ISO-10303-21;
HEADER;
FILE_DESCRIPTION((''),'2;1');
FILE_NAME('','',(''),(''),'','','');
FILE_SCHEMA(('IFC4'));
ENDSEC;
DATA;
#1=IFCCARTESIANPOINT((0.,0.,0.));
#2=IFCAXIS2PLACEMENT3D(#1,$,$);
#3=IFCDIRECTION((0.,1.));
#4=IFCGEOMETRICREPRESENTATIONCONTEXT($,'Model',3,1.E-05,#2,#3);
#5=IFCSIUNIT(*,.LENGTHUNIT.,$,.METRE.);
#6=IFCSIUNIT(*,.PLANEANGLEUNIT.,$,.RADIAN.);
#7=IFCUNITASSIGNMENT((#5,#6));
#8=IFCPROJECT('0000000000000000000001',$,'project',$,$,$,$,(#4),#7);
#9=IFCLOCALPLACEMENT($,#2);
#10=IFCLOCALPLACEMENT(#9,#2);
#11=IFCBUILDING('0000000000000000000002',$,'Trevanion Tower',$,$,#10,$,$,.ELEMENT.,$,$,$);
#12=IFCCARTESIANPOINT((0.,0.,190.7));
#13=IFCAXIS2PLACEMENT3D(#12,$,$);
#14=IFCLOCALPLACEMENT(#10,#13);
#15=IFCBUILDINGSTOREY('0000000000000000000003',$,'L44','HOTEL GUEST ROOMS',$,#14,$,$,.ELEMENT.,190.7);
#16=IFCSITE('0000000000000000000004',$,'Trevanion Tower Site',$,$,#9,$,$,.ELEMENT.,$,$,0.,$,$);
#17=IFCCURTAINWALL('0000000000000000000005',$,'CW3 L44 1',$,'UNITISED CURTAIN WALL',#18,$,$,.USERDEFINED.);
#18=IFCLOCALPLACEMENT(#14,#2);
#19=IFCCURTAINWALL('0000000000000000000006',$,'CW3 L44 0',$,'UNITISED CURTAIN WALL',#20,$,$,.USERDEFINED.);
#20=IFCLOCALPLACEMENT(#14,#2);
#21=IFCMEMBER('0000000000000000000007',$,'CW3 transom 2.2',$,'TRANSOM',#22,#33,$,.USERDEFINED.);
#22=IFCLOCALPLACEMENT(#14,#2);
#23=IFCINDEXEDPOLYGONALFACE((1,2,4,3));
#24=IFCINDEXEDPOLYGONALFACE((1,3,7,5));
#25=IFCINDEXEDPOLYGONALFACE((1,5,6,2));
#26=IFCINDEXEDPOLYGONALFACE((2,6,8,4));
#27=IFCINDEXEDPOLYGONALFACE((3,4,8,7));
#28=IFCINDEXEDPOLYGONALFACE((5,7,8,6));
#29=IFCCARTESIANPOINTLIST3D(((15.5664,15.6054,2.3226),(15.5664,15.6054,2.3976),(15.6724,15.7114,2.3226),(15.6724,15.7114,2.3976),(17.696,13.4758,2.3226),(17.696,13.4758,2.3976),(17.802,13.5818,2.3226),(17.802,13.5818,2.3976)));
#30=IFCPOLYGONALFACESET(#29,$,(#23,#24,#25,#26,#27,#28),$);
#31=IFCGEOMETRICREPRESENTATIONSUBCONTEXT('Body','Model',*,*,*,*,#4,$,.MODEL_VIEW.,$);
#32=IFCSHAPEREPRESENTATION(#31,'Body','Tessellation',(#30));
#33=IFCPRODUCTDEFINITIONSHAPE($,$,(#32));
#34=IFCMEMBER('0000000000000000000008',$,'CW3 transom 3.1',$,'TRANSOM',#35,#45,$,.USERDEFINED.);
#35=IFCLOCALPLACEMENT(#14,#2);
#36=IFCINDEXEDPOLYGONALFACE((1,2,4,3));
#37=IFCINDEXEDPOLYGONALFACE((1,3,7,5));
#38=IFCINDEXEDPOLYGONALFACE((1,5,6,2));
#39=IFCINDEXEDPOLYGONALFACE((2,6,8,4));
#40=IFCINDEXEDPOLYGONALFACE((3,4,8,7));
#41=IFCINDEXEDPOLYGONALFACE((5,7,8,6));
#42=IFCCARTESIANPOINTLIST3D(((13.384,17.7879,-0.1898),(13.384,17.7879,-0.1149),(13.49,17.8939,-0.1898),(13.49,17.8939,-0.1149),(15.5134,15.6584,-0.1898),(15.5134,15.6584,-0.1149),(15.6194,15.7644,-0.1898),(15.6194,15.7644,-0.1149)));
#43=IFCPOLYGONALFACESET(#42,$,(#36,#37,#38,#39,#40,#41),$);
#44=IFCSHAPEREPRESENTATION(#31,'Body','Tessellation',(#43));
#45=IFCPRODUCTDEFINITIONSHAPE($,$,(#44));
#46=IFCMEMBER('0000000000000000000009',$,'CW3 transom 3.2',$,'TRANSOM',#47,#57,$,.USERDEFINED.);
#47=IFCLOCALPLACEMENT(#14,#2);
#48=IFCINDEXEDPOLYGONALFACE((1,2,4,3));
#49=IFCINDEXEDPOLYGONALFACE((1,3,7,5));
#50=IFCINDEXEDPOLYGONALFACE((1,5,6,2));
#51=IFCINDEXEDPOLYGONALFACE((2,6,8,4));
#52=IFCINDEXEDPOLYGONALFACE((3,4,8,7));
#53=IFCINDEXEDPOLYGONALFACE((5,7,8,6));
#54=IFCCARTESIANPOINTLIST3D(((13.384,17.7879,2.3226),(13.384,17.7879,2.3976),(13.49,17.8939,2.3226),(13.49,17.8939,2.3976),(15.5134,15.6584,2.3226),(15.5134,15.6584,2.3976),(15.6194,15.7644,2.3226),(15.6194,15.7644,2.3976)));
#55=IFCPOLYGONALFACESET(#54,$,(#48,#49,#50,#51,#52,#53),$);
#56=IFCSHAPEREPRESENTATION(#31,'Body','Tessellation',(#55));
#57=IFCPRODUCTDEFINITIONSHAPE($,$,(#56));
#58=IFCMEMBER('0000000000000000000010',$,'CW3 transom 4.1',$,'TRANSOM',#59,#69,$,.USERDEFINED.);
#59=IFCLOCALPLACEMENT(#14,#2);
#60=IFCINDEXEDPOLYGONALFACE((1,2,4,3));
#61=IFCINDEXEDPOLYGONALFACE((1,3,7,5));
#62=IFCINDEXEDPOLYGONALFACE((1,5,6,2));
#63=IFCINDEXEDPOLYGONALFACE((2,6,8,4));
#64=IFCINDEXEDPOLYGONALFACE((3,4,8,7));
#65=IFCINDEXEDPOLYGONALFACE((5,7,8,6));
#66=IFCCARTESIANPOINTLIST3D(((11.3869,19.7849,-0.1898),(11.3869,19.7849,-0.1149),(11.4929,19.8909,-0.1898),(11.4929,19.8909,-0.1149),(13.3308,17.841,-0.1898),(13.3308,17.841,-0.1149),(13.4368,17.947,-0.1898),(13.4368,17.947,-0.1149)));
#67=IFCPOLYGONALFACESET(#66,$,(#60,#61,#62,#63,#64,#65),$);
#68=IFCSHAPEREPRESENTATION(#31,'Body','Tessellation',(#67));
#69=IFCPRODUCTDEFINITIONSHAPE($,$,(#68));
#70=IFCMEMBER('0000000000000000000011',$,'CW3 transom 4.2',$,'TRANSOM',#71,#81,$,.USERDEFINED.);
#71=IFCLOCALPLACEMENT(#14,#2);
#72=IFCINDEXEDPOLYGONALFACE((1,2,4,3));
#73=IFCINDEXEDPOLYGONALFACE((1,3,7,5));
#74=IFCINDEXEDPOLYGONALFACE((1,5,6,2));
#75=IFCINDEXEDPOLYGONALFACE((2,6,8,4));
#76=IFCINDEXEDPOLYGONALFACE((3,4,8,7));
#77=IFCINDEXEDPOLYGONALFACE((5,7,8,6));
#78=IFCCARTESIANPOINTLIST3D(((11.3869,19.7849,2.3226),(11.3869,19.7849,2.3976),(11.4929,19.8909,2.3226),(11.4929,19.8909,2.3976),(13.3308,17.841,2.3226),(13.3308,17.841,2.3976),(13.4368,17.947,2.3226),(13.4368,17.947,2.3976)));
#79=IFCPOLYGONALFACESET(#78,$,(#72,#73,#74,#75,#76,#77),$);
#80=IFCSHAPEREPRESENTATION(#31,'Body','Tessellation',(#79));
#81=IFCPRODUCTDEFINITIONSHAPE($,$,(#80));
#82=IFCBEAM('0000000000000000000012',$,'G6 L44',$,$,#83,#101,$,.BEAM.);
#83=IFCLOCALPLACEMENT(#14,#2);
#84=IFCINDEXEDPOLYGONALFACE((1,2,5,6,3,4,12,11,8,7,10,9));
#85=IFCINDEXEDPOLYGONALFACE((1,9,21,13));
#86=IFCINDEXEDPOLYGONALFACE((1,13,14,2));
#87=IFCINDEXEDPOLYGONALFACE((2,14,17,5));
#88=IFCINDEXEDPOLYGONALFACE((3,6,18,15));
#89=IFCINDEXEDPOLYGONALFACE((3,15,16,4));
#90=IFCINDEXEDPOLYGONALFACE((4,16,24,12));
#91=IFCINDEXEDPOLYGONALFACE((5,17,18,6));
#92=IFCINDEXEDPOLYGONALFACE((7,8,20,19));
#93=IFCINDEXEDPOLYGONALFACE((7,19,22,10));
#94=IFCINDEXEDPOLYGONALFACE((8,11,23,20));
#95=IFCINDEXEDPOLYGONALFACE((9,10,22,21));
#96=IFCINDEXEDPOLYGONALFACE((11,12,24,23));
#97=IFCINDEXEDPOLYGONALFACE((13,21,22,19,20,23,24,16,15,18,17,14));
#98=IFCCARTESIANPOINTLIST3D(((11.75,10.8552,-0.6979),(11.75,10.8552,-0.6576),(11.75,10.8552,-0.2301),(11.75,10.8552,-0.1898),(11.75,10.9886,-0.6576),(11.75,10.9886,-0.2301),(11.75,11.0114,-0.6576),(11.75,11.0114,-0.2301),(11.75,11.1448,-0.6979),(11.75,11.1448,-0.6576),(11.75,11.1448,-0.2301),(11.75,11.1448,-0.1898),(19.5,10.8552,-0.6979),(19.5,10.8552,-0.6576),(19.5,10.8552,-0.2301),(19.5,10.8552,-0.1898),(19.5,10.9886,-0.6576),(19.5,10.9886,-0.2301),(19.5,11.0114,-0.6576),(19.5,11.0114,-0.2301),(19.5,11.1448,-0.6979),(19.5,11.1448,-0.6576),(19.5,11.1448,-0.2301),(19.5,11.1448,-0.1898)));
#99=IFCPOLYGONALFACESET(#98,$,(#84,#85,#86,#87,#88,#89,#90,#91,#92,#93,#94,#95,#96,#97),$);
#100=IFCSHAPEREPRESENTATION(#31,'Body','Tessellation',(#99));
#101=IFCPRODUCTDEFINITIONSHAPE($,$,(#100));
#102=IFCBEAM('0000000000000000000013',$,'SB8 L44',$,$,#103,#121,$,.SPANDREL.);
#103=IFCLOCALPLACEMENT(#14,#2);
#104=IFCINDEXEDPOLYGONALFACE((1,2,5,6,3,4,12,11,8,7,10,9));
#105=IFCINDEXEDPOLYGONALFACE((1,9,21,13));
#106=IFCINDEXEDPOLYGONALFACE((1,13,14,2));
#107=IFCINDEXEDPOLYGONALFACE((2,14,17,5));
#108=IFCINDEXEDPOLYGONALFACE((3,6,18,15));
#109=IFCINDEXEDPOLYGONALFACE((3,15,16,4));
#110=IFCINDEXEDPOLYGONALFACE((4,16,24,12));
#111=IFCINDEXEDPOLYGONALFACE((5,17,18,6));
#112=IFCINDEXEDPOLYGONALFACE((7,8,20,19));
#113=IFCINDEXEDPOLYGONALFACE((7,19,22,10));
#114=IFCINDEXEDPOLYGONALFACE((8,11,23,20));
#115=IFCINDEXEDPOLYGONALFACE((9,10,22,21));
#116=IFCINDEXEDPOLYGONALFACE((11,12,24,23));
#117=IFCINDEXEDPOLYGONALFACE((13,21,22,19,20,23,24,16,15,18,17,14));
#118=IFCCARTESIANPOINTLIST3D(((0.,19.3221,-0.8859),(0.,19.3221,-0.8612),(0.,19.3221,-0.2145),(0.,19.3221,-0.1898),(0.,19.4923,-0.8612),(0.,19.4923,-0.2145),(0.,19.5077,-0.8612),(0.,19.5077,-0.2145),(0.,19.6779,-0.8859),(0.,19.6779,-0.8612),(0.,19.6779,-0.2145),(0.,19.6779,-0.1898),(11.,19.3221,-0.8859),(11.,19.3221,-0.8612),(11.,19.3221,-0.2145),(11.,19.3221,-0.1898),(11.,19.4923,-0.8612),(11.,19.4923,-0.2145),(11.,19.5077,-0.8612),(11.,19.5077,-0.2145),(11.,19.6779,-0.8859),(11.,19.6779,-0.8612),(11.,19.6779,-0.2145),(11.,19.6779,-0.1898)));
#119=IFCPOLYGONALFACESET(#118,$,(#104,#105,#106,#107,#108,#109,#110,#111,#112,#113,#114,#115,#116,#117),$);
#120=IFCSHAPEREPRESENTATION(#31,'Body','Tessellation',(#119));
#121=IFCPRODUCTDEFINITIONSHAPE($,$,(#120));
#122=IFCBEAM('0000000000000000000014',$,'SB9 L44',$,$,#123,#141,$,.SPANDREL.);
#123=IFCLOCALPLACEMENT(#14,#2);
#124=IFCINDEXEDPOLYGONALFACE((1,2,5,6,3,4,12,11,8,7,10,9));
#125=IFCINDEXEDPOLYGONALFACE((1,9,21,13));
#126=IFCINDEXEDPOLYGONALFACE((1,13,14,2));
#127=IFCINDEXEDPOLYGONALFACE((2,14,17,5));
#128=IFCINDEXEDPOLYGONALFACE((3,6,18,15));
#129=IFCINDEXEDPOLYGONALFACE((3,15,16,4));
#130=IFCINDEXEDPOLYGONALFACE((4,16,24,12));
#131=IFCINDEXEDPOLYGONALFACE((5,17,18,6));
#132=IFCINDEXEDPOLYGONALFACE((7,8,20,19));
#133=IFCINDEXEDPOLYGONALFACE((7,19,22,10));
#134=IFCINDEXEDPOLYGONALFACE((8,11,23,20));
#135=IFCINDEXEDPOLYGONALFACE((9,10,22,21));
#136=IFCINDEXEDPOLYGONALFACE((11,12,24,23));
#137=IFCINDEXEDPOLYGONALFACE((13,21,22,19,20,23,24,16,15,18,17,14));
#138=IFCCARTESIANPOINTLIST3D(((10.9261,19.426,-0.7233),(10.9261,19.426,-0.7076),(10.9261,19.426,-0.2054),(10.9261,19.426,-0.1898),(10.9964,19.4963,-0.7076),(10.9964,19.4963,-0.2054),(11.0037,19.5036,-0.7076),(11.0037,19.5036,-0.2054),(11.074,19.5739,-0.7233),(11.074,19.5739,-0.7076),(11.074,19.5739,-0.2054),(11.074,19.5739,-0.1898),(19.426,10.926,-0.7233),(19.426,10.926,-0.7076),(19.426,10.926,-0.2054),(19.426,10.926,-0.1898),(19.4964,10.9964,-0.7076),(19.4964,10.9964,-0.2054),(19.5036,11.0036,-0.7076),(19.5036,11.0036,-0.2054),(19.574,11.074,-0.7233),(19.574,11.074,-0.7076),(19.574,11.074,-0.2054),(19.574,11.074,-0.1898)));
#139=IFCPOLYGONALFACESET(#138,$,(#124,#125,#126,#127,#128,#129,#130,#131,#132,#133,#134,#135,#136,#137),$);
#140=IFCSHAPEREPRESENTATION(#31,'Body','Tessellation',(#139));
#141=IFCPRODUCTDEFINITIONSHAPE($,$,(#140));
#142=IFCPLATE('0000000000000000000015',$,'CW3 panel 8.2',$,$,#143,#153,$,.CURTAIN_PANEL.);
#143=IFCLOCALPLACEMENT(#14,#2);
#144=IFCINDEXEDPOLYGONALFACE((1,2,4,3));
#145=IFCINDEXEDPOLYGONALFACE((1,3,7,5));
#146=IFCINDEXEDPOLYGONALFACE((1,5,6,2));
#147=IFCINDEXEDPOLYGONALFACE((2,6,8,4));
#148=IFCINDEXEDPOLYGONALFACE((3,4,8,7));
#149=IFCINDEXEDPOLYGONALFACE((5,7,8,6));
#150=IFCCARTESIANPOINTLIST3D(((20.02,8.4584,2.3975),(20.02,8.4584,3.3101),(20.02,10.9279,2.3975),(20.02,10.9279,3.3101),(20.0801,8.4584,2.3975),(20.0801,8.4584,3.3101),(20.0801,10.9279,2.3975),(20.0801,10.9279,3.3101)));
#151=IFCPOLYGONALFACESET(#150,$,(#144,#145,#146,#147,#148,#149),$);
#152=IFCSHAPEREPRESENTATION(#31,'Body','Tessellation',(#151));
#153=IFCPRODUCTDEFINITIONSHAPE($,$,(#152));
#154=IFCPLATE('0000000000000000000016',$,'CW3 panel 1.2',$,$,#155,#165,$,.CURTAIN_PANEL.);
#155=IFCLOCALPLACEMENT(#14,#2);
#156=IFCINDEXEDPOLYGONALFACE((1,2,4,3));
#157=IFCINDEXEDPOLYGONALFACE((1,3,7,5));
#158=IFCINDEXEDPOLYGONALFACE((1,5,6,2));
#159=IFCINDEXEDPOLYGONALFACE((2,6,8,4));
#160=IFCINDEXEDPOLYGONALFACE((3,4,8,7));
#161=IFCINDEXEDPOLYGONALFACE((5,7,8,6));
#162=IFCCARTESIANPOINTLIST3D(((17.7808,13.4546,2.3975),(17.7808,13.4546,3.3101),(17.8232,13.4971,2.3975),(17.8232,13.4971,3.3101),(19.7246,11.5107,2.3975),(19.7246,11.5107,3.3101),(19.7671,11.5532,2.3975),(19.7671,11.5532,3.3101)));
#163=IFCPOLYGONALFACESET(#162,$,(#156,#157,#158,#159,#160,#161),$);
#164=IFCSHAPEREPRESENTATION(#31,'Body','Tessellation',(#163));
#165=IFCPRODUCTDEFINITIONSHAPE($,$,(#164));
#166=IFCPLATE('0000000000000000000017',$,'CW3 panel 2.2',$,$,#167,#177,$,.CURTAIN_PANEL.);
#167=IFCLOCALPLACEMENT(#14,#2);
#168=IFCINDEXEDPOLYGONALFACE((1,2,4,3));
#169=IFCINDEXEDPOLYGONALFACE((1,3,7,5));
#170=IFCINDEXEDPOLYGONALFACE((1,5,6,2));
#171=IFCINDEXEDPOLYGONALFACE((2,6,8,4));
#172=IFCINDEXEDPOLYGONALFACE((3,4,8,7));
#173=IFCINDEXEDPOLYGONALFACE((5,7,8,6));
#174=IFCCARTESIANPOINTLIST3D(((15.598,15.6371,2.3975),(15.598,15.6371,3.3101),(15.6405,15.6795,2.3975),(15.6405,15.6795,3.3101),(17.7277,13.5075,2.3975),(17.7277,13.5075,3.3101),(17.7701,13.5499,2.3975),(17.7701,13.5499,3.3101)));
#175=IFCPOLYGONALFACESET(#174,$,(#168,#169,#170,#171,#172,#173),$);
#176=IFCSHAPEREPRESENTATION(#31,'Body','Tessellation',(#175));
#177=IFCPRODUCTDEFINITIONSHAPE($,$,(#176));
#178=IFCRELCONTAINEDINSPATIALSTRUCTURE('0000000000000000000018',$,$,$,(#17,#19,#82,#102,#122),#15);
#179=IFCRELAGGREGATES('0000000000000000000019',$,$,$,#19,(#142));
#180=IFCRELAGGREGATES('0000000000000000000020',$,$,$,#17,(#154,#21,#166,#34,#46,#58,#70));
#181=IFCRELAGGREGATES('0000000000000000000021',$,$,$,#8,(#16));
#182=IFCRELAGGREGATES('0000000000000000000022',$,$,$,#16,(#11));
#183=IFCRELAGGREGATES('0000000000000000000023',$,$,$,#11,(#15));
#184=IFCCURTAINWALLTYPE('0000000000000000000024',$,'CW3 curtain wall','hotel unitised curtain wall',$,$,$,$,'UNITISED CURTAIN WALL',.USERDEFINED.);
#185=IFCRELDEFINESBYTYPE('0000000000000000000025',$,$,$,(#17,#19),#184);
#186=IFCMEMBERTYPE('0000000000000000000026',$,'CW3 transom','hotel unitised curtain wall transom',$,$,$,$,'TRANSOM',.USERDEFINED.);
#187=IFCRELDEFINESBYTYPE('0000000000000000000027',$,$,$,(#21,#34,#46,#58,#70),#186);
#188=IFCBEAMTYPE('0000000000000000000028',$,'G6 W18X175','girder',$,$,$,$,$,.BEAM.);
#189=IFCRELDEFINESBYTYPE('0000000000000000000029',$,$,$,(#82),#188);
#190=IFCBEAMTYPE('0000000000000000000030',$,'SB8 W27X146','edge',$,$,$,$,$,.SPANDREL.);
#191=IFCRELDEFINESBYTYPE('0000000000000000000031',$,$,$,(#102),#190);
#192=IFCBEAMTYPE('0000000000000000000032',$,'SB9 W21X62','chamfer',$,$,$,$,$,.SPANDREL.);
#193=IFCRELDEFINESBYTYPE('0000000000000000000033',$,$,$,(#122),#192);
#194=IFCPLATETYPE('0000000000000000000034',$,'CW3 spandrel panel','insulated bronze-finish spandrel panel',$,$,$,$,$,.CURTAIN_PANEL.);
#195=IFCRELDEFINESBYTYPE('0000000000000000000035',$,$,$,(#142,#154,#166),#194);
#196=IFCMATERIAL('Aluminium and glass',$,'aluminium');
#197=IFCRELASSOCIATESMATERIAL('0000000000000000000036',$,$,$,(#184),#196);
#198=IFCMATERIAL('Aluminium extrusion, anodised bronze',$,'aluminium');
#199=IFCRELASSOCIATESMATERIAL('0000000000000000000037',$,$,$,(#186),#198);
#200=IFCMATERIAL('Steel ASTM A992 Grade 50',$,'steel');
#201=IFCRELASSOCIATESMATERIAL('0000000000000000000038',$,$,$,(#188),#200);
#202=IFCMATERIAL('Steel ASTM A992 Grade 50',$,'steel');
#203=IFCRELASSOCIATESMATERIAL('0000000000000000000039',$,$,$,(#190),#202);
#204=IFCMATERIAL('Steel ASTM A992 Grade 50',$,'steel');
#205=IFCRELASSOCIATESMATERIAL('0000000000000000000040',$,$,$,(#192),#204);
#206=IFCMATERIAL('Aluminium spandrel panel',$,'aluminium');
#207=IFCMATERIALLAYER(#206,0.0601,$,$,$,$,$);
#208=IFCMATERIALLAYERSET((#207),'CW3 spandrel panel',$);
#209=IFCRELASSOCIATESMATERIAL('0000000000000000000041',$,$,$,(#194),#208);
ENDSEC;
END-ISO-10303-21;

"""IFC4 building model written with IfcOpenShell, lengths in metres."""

from ifc_helpers import new_model, si_unit, direction, frame, origin, origin_2d, place, context, subcontext, project, spatial, rectangle, i_section, extrude, material, layer, layer_set, material_profile, profile_set, type_object, element, aggregate, save


model = new_model("IFC4")

# Units and contexts
model_context = context("Model", 3, precision=1e-05, world=origin(), true_north=direction((0.0, 1.0)))
body_context = subcontext(model_context, "Body", "Model", "MODEL_VIEW")
ifc_project = project(units=[si_unit("LENGTHUNIT", "METRE"), si_unit("PLANEANGLEUNIT", "RADIAN")], contexts=[model_context])

# Site, building, storey
site_placement = place(None, origin())
site = spatial("IfcSite", under=ifc_project, at=site_placement, Name="Trevanion Tower Site", CompositionType="ELEMENT", RefElevation=0.0)
building_placement = place(site_placement, origin())
building = spatial("IfcBuilding", under=site, at=building_placement, Name="Trevanion Tower", CompositionType="ELEMENT")
storey_placement = place(building_placement, frame((0.0, 0.0, 190.7)))
storey = spatial("IfcBuildingStorey", under=building, at=storey_placement, Name="L44", Description="HOTEL GUEST ROOMS", CompositionType="ELEMENT", Elevation=190.7)

# Curtain wall
ifc_material_1 = material(Name="Aluminium and glass", Category="aluminium")
curtain_wall_type = type_object("IfcCurtainWallType", Name="CW3 curtain wall", Description="hotel unitised curtain wall", ElementType="UNITISED CURTAIN WALL", PredefinedType="USERDEFINED", material=ifc_material_1)
curtain_wall_1_placement = place(storey_placement, origin())
curtain_wall_1 = element("IfcCurtainWall", 1, at=curtain_wall_1_placement, inside=storey, type_object=curtain_wall_type, Name="CW3 L44 1", ObjectType="UNITISED CURTAIN WALL", PredefinedType="USERDEFINED")

# Curtain wall
curtain_wall_2_placement = place(storey_placement, origin())
curtain_wall_2 = element("IfcCurtainWall", 2, at=curtain_wall_2_placement, inside=storey, type_object=curtain_wall_type, Name="CW3 L44 0", ObjectType="UNITISED CURTAIN WALL", PredefinedType="USERDEFINED")

# Members
ifc_material_2 = material(Name="Aluminium extrusion, anodised bronze", Category="aluminium")
ifc_material_profile_1 = material_profile(ifc_material_2, rectangle(XDim=0.1499, YDim=0.075, at=origin_2d()), Name="CW3 transom")
ifc_profile_set_1 = profile_set([ifc_material_profile_1], Name="Aluminium extrusion, anodised bronze")
member_type_1 = type_object("IfcMemberType", Name="CW3 transom", Description="hotel unitised curtain wall transom", ElementType="TRANSOM", PredefinedType="USERDEFINED", material=ifc_profile_set_1)
member_1_placement = place(storey_placement, frame((17.749, 13.5288, 2.3601), z_axis=(-0.707107, 0.707107, 0.0), x_axis=(-0.707107, -0.707107, 0.0)))
member_1 = element("IfcMember", 3, at=member_1_placement, type_object=member_type_1, Name="CW3 transom 2.2", ObjectType="TRANSOM", PredefinedType="USERDEFINED", context=body_context, shape_type="SweptSolid", body=[
    extrude(rectangle(XDim=0.1499, YDim=0.075, at=origin_2d()), origin(), (0.0, 0.0, 1.0), 3.0117),
])
member_2_placement = place(storey_placement, frame((15.5664, 15.7114, -0.1523), z_axis=(-0.707107, 0.707107, 0.0), x_axis=(-0.707107, -0.707107, 0.0)))
member_2 = element("IfcMember", 4, at=member_2_placement, type_object=member_type_1, Name="CW3 transom 3.1", ObjectType="TRANSOM", PredefinedType="USERDEFINED", context=body_context, shape_type="SweptSolid", body=[
    extrude(rectangle(XDim=0.1499, YDim=0.075, at=origin_2d()), origin(), (0.0, 0.0, 1.0), 3.0115),
])
member_3_placement = place(storey_placement, frame((15.5664, 15.7114, 2.3601), z_axis=(-0.707107, 0.707107, 0.0), x_axis=(-0.707107, -0.707107, 0.0)))
member_3 = element("IfcMember", 5, at=member_3_placement, type_object=member_type_1, Name="CW3 transom 3.2", ObjectType="TRANSOM", PredefinedType="USERDEFINED", context=body_context, shape_type="SweptSolid", body=[
    extrude(rectangle(XDim=0.1499, YDim=0.075, at=origin_2d()), origin(), (0.0, 0.0, 1.0), 3.0115),
])
member_4_placement = place(storey_placement, frame((13.3838, 17.894, -0.1523), z_axis=(-0.707107, 0.707107, 0.0), x_axis=(-0.707107, -0.707107, 0.0)))
member_4 = element("IfcMember", 6, at=member_4_placement, type_object=member_type_1, Name="CW3 transom 4.1", ObjectType="TRANSOM", PredefinedType="USERDEFINED", context=body_context, shape_type="SweptSolid", body=[
    extrude(rectangle(XDim=0.1499, YDim=0.075, at=origin_2d()), origin(), (0.0, 0.0, 1.0), 2.749),
])
member_5_placement = place(storey_placement, frame((13.3838, 17.894, 2.3601), z_axis=(-0.707107, 0.707107, 0.0), x_axis=(-0.707107, -0.707107, 0.0)))
member_5 = element("IfcMember", 7, at=member_5_placement, type_object=member_type_1, Name="CW3 transom 4.2", ObjectType="TRANSOM", PredefinedType="USERDEFINED", context=body_context, shape_type="SweptSolid", body=[
    extrude(rectangle(XDim=0.1499, YDim=0.075, at=origin_2d()), origin(), (0.0, 0.0, 1.0), 2.749),
])

# Beams
ifc_material_3 = material(Name="Steel ASTM A992 Grade 50", Category="steel")
ifc_material_profile_2 = material_profile(ifc_material_3, i_section(OverallWidth=0.2896, OverallDepth=0.5081, WebThickness=0.0227, FlangeThickness=0.0403, at=origin_2d()), Name="W18X175")
ifc_profile_set_2 = profile_set([ifc_material_profile_2], Name="Steel ASTM A992 Grade 50")
beam_type_1 = type_object("IfcBeamType", Name="G6 W18X175", Description="girder", PredefinedType="BEAM", material=ifc_profile_set_2)
beam_1_placement = place(storey_placement, frame((11.75, 11.0, -0.4438), z_axis=(1.0, 0.0, 0.0), x_axis=(0.0, 1.0, 0.0)))
element("IfcBeam", 8, at=beam_1_placement, inside=storey, type_object=beam_type_1, Name="G6 L44", PredefinedType="BEAM", context=body_context, shape_type="SweptSolid", body=[
    extrude(i_section(OverallWidth=0.2896, OverallDepth=0.5081, WebThickness=0.0227, FlangeThickness=0.0403, at=origin_2d()), origin(), (0.0, 0.0, 1.0), 7.75),
])
ifc_material_4 = material(Name="Steel ASTM A992 Grade 50", Category="steel")
ifc_material_profile_3 = material_profile(ifc_material_4, i_section(OverallWidth=0.3557, OverallDepth=0.696, WebThickness=0.0154, FlangeThickness=0.0247, at=origin_2d()), Name="W27X146")
ifc_profile_set_3 = profile_set([ifc_material_profile_3], Name="Steel ASTM A992 Grade 50")
beam_type_2 = type_object("IfcBeamType", Name="SB8 W27X146", Description="edge", PredefinedType="SPANDREL", material=ifc_profile_set_3)
beam_2_placement = place(storey_placement, frame((11.0, 19.5, -0.5378), z_axis=(-1.0, 0.0, 0.0), x_axis=(0.0, -1.0, 0.0)))
element("IfcBeam", 9, at=beam_2_placement, inside=storey, type_object=beam_type_2, Name="SB8 L44", PredefinedType="SPANDREL", context=body_context, shape_type="SweptSolid", body=[
    extrude(i_section(OverallWidth=0.3557, OverallDepth=0.696, WebThickness=0.0154, FlangeThickness=0.0247, at=origin_2d()), origin(), (0.0, 0.0, 1.0), 11.0),
])
ifc_material_5 = material(Name="Steel ASTM A992 Grade 50", Category="steel")
ifc_material_profile_4 = material_profile(ifc_material_5, i_section(OverallWidth=0.2092, OverallDepth=0.5334, WebThickness=0.0103, FlangeThickness=0.0156, at=origin_2d()), Name="W21X62")
ifc_profile_set_4 = profile_set([ifc_material_profile_4], Name="Steel ASTM A992 Grade 50")
beam_type_3 = type_object("IfcBeamType", Name="SB9 W21X62", Description="chamfer", PredefinedType="SPANDREL", material=ifc_profile_set_4)
beam_3_placement = place(storey_placement, frame((19.5, 11.0, -0.4565), z_axis=(-0.707107, 0.707107, 0.0), x_axis=(-0.707107, -0.707107, 0.0)))
element("IfcBeam", 10, at=beam_3_placement, inside=storey, type_object=beam_type_3, Name="SB9 L44", PredefinedType="SPANDREL", context=body_context, shape_type="SweptSolid", body=[
    extrude(i_section(OverallWidth=0.2092, OverallDepth=0.5334, WebThickness=0.0103, FlangeThickness=0.0156, at=origin_2d()), origin(), (0.0, 0.0, 1.0), 12.0208),
])

# Plates
ifc_material_6 = material(Name="Aluminium spandrel panel", Category="aluminium")
ifc_layer_1 = layer(ifc_material_6, 0.0601)
ifc_layer_set_1 = layer_set([ifc_layer_1], Name="CW3 spandrel panel")
plate_type_1 = type_object("IfcPlateType", Name="CW3 spandrel panel", Description="insulated bronze-finish spandrel panel", PredefinedType="CURTAIN_PANEL", material=ifc_layer_set_1)
plate_1_placement = place(storey_placement, frame((20.05, 9.6931, 2.3975), z_axis=(0.0, 0.0, 1.0), x_axis=(0.0, 1.0, 0.0)))
plate_1 = element("IfcPlate", 11, at=plate_1_placement, type_object=plate_type_1, Name="CW3 panel 8.2", PredefinedType="CURTAIN_PANEL", context=body_context, shape_type="SweptSolid", body=[
    extrude(rectangle(XDim=2.4695, YDim=0.0601, at=origin_2d()), origin(), (0.0, 0.0, 1.0), 0.9126),
])
aggregate(curtain_wall_2, [plate_1])
plate_2_placement = place(storey_placement, frame((18.7739, 12.5039, 2.3975), z_axis=(0.0, 0.0, 1.0), x_axis=(-0.707107, 0.707107, 0.0)))
plate_2 = element("IfcPlate", 12, at=plate_2_placement, type_object=plate_type_1, Name="CW3 panel 1.2", PredefinedType="CURTAIN_PANEL", context=body_context, shape_type="SweptSolid", body=[
    extrude(rectangle(XDim=2.749, YDim=0.0601, at=origin_2d()), origin(), (0.0, 0.0, 1.0), 0.9126),
])
plate_3_placement = place(storey_placement, frame((16.6841, 14.5935, 2.3975), z_axis=(0.0, 0.0, 1.0), x_axis=(-0.707107, 0.707107, 0.0)))
plate_3 = element("IfcPlate", 13, at=plate_3_placement, type_object=plate_type_1, Name="CW3 panel 2.2", PredefinedType="CURTAIN_PANEL", context=body_context, shape_type="SweptSolid", body=[
    extrude(rectangle(XDim=3.0117, YDim=0.0601, at=origin_2d()), origin(), (0.0, 0.0, 1.0), 0.9126),
])
aggregate(curtain_wall_1, [plate_2, member_1, plate_3, member_2, member_3, member_4, member_5])

save(model, "model.ifc")
